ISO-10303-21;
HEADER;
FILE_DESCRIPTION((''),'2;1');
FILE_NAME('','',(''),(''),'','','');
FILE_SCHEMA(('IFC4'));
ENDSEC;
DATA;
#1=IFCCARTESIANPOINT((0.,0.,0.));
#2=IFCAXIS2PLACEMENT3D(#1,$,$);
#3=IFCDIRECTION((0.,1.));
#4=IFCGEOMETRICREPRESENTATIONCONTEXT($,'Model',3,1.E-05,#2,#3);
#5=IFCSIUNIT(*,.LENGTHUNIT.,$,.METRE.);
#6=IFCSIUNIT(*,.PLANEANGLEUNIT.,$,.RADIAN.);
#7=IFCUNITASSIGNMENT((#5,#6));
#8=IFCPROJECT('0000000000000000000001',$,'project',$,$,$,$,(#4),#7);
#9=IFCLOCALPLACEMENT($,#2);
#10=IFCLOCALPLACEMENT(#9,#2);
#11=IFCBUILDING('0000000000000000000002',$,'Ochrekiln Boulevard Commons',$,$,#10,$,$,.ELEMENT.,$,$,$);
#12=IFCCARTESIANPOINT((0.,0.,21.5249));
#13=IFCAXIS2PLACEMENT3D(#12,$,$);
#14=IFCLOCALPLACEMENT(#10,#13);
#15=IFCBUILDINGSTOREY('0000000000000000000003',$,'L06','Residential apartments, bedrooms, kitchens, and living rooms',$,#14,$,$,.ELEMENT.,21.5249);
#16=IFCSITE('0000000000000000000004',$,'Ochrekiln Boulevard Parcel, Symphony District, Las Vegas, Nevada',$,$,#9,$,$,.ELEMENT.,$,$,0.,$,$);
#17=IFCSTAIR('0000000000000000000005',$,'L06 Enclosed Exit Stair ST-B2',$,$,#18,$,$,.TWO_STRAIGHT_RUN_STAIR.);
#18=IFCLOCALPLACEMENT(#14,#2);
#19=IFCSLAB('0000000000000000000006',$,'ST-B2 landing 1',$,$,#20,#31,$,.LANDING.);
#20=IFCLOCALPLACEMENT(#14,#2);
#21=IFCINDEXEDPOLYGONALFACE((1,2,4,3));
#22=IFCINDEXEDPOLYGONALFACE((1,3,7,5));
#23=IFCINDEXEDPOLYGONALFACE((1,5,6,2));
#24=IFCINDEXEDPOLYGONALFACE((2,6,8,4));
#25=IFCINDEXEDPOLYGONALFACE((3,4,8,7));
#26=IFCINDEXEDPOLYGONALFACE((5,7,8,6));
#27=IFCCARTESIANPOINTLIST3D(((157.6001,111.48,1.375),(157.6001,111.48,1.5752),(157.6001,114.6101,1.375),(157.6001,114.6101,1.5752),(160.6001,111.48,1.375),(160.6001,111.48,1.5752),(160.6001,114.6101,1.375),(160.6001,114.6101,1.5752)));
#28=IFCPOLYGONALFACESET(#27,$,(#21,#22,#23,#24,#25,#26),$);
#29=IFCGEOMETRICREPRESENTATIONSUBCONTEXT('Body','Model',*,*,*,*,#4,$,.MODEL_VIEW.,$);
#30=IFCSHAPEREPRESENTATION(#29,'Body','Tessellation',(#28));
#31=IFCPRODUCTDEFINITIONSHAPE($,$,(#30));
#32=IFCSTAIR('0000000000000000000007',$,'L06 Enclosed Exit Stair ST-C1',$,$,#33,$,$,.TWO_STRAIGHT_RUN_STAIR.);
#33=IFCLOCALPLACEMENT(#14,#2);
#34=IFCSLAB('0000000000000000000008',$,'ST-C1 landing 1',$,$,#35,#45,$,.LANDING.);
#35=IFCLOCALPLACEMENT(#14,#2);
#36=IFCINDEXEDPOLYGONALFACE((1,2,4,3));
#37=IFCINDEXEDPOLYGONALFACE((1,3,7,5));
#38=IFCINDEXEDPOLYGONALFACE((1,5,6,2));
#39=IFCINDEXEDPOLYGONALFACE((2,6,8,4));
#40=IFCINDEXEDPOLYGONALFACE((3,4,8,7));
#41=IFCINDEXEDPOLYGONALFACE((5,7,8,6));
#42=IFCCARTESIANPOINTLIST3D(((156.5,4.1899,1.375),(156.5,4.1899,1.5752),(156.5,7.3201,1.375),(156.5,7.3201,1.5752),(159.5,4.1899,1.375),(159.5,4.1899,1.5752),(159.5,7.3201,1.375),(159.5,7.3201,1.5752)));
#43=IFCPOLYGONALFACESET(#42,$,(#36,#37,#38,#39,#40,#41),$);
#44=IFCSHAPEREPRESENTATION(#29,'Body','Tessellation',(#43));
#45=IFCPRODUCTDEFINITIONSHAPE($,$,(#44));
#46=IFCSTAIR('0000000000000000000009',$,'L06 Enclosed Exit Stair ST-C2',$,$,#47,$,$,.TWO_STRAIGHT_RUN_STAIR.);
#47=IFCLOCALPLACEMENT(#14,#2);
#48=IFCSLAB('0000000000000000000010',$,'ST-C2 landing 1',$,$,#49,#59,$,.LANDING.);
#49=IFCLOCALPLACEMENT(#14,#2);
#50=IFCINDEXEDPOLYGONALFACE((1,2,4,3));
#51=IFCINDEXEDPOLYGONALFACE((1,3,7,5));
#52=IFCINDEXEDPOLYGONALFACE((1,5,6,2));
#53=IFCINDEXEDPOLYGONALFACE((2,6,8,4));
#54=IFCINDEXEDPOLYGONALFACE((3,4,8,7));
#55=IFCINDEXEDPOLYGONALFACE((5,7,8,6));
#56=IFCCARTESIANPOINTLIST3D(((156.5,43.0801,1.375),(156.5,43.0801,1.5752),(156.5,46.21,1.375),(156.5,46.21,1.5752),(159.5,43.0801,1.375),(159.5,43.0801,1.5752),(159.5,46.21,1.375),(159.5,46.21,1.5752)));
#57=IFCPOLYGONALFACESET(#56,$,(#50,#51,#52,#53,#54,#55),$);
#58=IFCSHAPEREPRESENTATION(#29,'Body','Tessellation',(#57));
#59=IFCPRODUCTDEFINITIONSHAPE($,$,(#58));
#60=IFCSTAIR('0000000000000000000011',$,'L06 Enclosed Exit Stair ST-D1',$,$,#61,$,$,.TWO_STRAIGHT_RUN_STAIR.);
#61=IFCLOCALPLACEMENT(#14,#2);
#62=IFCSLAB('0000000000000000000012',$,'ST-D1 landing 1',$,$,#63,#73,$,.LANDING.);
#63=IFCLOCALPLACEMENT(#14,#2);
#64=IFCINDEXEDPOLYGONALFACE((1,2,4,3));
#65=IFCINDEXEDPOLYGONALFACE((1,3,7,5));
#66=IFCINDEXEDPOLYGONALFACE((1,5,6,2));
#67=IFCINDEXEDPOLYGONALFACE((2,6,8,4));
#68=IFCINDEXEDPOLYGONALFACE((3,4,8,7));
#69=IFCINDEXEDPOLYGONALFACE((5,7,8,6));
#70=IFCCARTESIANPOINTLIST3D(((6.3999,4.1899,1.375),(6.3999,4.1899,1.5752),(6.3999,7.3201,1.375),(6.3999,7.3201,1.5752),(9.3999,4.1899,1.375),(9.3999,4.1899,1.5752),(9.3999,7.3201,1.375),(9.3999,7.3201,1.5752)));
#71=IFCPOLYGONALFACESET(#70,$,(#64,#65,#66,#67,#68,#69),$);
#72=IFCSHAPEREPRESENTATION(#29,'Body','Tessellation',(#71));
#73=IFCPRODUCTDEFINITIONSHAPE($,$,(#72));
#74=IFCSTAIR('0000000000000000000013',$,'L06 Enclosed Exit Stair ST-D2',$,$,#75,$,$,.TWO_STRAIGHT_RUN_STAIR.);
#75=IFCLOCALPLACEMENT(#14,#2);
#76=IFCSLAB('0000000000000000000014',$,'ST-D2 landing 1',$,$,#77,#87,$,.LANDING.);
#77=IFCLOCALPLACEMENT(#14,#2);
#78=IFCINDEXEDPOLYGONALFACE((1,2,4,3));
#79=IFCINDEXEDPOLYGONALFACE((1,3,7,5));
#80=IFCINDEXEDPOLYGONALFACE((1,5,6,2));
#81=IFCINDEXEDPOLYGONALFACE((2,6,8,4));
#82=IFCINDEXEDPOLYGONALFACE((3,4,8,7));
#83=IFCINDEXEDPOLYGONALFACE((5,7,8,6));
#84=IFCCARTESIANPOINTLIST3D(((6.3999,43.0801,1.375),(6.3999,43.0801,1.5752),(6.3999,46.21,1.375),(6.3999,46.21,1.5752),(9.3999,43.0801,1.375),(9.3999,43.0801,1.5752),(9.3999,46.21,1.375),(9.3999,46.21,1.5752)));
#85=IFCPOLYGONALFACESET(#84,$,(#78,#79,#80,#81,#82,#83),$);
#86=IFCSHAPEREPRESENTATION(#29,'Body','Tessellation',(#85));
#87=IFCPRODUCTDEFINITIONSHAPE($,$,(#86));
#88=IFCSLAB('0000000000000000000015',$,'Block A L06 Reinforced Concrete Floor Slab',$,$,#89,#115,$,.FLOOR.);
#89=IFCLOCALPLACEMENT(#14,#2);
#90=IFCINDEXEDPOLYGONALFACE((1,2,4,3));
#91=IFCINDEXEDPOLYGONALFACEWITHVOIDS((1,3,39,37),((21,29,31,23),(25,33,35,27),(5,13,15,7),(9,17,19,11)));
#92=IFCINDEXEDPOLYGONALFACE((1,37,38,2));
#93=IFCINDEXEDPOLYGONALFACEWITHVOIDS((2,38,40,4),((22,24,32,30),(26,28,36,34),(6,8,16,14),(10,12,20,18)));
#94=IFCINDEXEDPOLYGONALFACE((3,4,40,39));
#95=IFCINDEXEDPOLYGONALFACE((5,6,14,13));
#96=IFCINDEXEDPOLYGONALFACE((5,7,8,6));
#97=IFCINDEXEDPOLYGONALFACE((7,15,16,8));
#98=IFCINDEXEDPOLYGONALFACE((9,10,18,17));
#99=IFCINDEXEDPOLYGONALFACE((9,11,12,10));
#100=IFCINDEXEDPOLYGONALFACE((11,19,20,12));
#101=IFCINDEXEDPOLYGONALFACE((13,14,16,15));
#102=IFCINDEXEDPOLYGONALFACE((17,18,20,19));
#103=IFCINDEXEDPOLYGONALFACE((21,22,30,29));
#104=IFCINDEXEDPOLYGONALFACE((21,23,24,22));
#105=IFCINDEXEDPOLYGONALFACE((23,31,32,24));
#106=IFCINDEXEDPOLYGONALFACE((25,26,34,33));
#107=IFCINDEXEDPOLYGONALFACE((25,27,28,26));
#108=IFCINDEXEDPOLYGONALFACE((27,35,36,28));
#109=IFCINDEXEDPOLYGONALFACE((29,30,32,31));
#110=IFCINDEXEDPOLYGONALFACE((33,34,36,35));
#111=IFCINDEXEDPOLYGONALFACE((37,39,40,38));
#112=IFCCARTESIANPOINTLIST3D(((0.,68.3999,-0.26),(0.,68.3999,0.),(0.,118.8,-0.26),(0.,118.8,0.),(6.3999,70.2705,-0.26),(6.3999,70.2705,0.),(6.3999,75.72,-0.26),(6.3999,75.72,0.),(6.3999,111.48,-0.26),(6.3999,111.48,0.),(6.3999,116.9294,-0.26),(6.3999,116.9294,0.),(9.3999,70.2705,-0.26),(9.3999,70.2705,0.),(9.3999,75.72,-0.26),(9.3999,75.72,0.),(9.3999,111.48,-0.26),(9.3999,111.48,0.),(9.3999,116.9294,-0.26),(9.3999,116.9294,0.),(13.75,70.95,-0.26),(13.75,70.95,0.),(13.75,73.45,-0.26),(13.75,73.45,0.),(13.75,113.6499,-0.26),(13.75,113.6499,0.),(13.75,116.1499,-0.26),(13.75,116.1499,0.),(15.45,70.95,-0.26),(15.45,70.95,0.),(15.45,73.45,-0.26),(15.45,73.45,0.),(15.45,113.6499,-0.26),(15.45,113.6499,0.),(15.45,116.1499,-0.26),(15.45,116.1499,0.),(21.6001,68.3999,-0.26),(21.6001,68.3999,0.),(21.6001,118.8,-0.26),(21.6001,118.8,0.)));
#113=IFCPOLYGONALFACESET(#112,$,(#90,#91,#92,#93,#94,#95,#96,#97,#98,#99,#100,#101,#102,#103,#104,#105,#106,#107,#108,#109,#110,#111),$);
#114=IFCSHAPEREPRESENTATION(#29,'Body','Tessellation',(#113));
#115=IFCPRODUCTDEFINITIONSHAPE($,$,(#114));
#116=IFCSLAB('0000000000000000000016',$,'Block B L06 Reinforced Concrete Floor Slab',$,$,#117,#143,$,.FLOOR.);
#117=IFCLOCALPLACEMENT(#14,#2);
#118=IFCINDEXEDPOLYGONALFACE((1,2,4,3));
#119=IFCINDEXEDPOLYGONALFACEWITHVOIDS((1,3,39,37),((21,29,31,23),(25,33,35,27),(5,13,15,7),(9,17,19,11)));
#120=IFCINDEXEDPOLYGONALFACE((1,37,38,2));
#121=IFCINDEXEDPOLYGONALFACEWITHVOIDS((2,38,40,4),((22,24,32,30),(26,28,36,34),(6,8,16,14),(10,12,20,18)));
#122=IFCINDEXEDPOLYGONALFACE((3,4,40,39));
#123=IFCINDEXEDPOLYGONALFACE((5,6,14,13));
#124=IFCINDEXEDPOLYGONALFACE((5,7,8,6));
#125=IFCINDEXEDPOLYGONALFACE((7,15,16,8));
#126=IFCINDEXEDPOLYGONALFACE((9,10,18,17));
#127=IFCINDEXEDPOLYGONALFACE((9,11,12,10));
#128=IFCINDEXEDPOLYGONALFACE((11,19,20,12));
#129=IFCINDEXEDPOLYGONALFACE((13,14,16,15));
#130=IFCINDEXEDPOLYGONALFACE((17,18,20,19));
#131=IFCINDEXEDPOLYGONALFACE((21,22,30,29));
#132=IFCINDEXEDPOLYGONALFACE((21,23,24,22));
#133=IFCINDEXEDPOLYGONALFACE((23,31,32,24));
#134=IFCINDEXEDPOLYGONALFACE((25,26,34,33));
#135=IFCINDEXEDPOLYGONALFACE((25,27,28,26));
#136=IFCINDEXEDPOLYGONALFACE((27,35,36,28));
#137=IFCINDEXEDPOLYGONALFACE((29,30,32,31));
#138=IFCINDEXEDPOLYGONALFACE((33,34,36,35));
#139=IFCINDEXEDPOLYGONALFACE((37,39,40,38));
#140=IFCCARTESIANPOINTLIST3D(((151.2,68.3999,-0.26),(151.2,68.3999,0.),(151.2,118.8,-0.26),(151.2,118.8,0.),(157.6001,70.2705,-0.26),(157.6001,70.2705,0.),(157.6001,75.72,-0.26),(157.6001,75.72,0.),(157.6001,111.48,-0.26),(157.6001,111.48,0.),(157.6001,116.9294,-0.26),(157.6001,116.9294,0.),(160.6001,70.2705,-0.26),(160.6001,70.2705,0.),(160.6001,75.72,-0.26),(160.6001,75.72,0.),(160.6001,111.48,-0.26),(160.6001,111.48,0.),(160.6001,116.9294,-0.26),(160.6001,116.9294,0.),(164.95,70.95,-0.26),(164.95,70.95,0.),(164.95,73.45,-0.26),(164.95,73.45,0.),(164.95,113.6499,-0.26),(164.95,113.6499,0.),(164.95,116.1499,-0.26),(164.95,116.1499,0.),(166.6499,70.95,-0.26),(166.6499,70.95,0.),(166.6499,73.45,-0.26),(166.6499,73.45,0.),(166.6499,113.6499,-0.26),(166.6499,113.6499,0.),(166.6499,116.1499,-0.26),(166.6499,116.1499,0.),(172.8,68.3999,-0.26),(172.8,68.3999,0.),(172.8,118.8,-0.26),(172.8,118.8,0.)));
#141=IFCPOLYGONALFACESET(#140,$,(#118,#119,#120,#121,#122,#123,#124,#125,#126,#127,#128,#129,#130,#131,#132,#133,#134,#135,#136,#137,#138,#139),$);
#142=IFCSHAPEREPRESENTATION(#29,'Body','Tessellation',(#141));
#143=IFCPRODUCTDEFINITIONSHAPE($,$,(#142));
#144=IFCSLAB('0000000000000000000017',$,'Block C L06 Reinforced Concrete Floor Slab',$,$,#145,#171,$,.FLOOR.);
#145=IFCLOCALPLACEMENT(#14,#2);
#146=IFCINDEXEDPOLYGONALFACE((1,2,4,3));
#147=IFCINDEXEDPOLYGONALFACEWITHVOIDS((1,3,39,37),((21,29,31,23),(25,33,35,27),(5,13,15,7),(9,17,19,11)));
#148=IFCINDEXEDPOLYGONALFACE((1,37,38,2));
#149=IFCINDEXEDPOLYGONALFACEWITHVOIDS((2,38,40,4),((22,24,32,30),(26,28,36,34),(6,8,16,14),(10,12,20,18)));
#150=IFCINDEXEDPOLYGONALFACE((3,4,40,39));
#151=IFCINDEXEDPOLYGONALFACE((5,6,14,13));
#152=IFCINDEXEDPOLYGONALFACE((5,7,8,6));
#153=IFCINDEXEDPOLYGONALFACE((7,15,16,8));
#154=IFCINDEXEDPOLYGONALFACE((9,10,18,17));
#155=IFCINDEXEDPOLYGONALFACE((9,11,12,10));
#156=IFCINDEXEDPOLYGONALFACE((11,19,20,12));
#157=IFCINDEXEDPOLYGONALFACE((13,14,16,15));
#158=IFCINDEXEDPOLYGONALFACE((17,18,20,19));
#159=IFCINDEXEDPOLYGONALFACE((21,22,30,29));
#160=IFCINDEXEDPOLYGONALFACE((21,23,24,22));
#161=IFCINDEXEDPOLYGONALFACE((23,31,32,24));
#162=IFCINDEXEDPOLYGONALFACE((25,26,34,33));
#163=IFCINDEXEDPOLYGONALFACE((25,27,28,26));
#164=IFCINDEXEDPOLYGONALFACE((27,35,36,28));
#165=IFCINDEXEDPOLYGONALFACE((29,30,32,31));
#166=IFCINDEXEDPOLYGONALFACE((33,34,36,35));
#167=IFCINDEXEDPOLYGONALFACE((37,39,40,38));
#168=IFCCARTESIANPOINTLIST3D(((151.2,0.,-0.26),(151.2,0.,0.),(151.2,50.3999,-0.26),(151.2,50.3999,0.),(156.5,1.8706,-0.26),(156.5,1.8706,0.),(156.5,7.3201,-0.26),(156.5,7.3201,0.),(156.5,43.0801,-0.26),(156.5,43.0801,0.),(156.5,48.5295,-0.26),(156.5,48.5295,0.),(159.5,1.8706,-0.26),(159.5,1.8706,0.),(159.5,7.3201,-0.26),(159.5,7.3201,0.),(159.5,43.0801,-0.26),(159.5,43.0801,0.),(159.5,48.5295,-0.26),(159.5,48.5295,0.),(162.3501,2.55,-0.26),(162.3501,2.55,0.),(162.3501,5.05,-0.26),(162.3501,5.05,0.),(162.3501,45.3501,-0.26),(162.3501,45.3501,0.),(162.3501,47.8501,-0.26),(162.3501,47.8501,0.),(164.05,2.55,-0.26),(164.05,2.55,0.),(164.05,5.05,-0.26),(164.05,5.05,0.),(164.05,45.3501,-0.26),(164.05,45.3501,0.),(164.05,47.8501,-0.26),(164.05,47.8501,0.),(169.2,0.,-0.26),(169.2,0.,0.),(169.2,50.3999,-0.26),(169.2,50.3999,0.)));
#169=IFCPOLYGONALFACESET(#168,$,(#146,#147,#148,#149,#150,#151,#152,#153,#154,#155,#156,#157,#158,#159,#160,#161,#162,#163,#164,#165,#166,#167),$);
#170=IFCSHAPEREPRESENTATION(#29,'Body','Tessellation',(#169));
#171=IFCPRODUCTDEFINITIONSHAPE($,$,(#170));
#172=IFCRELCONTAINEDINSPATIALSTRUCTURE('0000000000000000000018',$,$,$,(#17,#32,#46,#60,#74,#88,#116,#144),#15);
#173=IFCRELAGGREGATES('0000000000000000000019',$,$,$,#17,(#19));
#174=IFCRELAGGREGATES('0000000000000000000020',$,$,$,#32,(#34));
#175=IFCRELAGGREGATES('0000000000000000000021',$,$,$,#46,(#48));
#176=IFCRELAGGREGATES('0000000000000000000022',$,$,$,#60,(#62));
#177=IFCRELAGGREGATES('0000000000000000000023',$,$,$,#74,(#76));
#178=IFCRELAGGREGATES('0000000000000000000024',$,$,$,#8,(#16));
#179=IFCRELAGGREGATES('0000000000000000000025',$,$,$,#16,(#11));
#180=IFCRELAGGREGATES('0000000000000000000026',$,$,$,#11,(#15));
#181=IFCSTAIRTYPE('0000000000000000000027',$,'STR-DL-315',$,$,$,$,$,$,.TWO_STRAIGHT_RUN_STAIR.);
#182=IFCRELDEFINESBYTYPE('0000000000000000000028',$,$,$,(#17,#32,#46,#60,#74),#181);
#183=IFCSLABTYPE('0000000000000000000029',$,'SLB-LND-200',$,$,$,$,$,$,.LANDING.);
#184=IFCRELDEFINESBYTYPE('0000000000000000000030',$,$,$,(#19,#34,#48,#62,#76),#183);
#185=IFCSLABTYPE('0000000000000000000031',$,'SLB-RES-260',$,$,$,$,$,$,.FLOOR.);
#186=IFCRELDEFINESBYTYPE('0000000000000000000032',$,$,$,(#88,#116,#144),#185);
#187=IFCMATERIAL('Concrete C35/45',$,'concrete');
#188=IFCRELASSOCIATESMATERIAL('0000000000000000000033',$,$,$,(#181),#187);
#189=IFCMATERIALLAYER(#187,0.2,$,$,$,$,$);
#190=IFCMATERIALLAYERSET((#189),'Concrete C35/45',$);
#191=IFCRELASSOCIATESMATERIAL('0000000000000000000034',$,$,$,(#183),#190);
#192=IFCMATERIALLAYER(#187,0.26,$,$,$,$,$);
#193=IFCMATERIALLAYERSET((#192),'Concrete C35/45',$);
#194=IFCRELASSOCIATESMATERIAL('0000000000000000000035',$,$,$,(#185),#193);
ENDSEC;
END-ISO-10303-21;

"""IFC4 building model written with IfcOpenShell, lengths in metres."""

from ifc_helpers import new_model, si_unit, direction, frame, origin, place, context, subcontext, project, spatial, polyline, outline, extrude, material, layer, layer_set, type_object, element, aggregate, save


model = new_model("IFC4")

# Units and contexts
model_context = context("Model", 3, precision=1e-05, world=origin(), true_north=direction((0.0, 1.0)))
body_context = subcontext(model_context, "Body", "Model", "MODEL_VIEW")
ifc_project = project(units=[si_unit("LENGTHUNIT", "METRE"), si_unit("PLANEANGLEUNIT", "RADIAN")], contexts=[model_context])

# Site, building, storey
site_placement = place(None, origin())
site = spatial("IfcSite", under=ifc_project, at=site_placement, Name="Ochrekiln Boulevard Parcel, Symphony District, Las Vegas, Nevada", CompositionType="ELEMENT", RefElevation=0.0)
building_placement = place(site_placement, origin())
building = spatial("IfcBuilding", under=site, at=building_placement, Name="Ochrekiln Boulevard Commons", CompositionType="ELEMENT")
storey_placement = place(building_placement, frame((0.0, 0.0, 21.5249)))
storey = spatial("IfcBuildingStorey", under=building, at=storey_placement, Name="L06", Description="Residential apartments, bedrooms, kitchens, and living rooms", CompositionType="ELEMENT", Elevation=21.5249)

# Shared definitions
ifc_material_1 = material(Name="Concrete C35/45", Category="concrete")

# Stairs, slabs
stair_type = type_object("IfcStairType", Name="STR-DL-315", PredefinedType="TWO_STRAIGHT_RUN_STAIR", material=ifc_material_1)
ifc_layer_1 = layer(ifc_material_1, 0.2)
ifc_layer_set_1 = layer_set([ifc_layer_1], Name="Concrete C35/45")
slab_type_1 = type_object("IfcSlabType", Name="SLB-LND-200", PredefinedType="LANDING", material=ifc_layer_set_1)
stair_1_placement = place(storey_placement, origin())
stair_1 = element("IfcStair", 1, at=stair_1_placement, inside=storey, type_object=stair_type, Name="L06 Enclosed Exit Stair ST-B2", PredefinedType="TWO_STRAIGHT_RUN_STAIR")
slab_1_placement = place(storey_placement, frame((0.0, 0.0, 1.375)))
slab_1 = element("IfcSlab", 2, at=slab_1_placement, type_object=slab_type_1, Name="ST-B2 landing 1", PredefinedType="LANDING", context=body_context, shape_type="SweptSolid", body=[
    extrude(outline(polyline([(157.6001, 114.6101), (157.6001, 111.48), (160.6001, 111.48), (160.6001, 114.6101), (157.6001, 114.6101)])), origin(), (0.0, 0.0, 1.0), 0.2002),
])
aggregate(stair_1, [slab_1])
stair_2_placement = place(storey_placement, origin())
stair_2 = element("IfcStair", 3, at=stair_2_placement, inside=storey, type_object=stair_type, Name="L06 Enclosed Exit Stair ST-C1", PredefinedType="TWO_STRAIGHT_RUN_STAIR")
slab_2_placement = place(storey_placement, frame((0.0, 0.0, 1.375)))
slab_2 = element("IfcSlab", 4, at=slab_2_placement, type_object=slab_type_1, Name="ST-C1 landing 1", PredefinedType="LANDING", context=body_context, shape_type="SweptSolid", body=[
    extrude(outline(polyline([(159.5, 4.1899), (159.5, 7.3201), (156.5, 7.3201), (156.5, 4.1899), (159.5, 4.1899)])), origin(), (0.0, 0.0, 1.0), 0.2002),
])
aggregate(stair_2, [slab_2])
stair_3_placement = place(storey_placement, origin())
stair_3 = element("IfcStair", 5, at=stair_3_placement, inside=storey, type_object=stair_type, Name="L06 Enclosed Exit Stair ST-C2", PredefinedType="TWO_STRAIGHT_RUN_STAIR")
slab_3_placement = place(storey_placement, frame((0.0, 0.0, 1.375)))
slab_3 = element("IfcSlab", 6, at=slab_3_placement, type_object=slab_type_1, Name="ST-C2 landing 1", PredefinedType="LANDING", context=body_context, shape_type="SweptSolid", body=[
    extrude(outline(polyline([(156.5, 46.21), (156.5, 43.0801), (159.5, 43.0801), (159.5, 46.21), (156.5, 46.21)])), origin(), (0.0, 0.0, 1.0), 0.2002),
])
aggregate(stair_3, [slab_3])
stair_4_placement = place(storey_placement, origin())
stair_4 = element("IfcStair", 7, at=stair_4_placement, inside=storey, type_object=stair_type, Name="L06 Enclosed Exit Stair ST-D1", PredefinedType="TWO_STRAIGHT_RUN_STAIR")
slab_4_placement = place(storey_placement, frame((0.0, 0.0, 1.375)))
slab_4 = element("IfcSlab", 8, at=slab_4_placement, type_object=slab_type_1, Name="ST-D1 landing 1", PredefinedType="LANDING", context=body_context, shape_type="SweptSolid", body=[
    extrude(outline(polyline([(9.3999, 4.1899), (9.3999, 7.3201), (6.3999, 7.3201), (6.3999, 4.1899), (9.3999, 4.1899)])), origin(), (0.0, 0.0, 1.0), 0.2002),
])
aggregate(stair_4, [slab_4])
stair_5_placement = place(storey_placement, origin())
stair_5 = element("IfcStair", 9, at=stair_5_placement, inside=storey, type_object=stair_type, Name="L06 Enclosed Exit Stair ST-D2", PredefinedType="TWO_STRAIGHT_RUN_STAIR")
slab_5_placement = place(storey_placement, frame((0.0, 0.0, 1.375)))
slab_5 = element("IfcSlab", 10, at=slab_5_placement, type_object=slab_type_1, Name="ST-D2 landing 1", PredefinedType="LANDING", context=body_context, shape_type="SweptSolid", body=[
    extrude(outline(polyline([(6.3999, 46.21), (6.3999, 43.0801), (9.3999, 43.0801), (9.3999, 46.21), (6.3999, 46.21)])), origin(), (0.0, 0.0, 1.0), 0.2002),
])
aggregate(stair_5, [slab_5])

# Slabs
ifc_layer_2 = layer(ifc_material_1, 0.26)
ifc_layer_set_2 = layer_set([ifc_layer_2], Name="Concrete C35/45")
slab_type_2 = type_object("IfcSlabType", Name="SLB-RES-260", PredefinedType="FLOOR", material=ifc_layer_set_2)
slab_6_placement = place(storey_placement, frame((0.0, 0.0, -0.26)))
element("IfcSlab", 11, at=slab_6_placement, inside=storey, type_object=slab_type_2, Name="Block A L06 Reinforced Concrete Floor Slab", PredefinedType="FLOOR", context=body_context, shape_type="SweptSolid", body=[
    extrude(outline(polyline([(0.0, 68.3999), (21.6001, 68.3999), (21.6001, 118.8), (0.0, 118.8), (0.0, 68.3999)]), holes=[polyline([(9.3999, 70.2705), (9.3999, 75.72), (6.3999, 75.72), (6.3999, 70.2705), (9.3999, 70.2705)]), polyline([(6.3999, 116.9294), (6.3999, 111.48), (9.3999, 111.48), (9.3999, 116.9294), (6.3999, 116.9294)]), polyline([(13.75, 70.95), (15.45, 70.95), (15.45, 73.45), (13.75, 73.45), (13.75, 70.95)]), polyline([(13.75, 113.6499), (15.45, 113.6499), (15.45, 116.1499), (13.75, 116.1499), (13.75, 113.6499)])]), origin(), (0.0, 0.0, 1.0), 0.26),
])
slab_7_placement = place(storey_placement, frame((0.0, 0.0, -0.26)))
element("IfcSlab", 12, at=slab_7_placement, inside=storey, type_object=slab_type_2, Name="Block B L06 Reinforced Concrete Floor Slab", PredefinedType="FLOOR", context=body_context, shape_type="SweptSolid", body=[
    extrude(outline(polyline([(151.2, 68.3999), (172.8, 68.3999), (172.8, 118.8), (151.2, 118.8), (151.2, 68.3999)]), holes=[polyline([(160.6001, 70.2705), (160.6001, 75.72), (157.6001, 75.72), (157.6001, 70.2705), (160.6001, 70.2705)]), polyline([(157.6001, 116.9294), (157.6001, 111.48), (160.6001, 111.48), (160.6001, 116.9294), (157.6001, 116.9294)]), polyline([(164.95, 70.95), (166.6499, 70.95), (166.6499, 73.45), (164.95, 73.45), (164.95, 70.95)]), polyline([(164.95, 113.6499), (166.6499, 113.6499), (166.6499, 116.1499), (164.95, 116.1499), (164.95, 113.6499)])]), origin(), (0.0, 0.0, 1.0), 0.26),
])
slab_8_placement = place(storey_placement, frame((0.0, 0.0, -0.26)))
element("IfcSlab", 13, at=slab_8_placement, inside=storey, type_object=slab_type_2, Name="Block C L06 Reinforced Concrete Floor Slab", PredefinedType="FLOOR", context=body_context, shape_type="SweptSolid", body=[
    extrude(outline(polyline([(151.2, 0.0), (169.2, 0.0), (169.2, 50.3999), (151.2, 50.3999), (151.2, 0.0)]), holes=[polyline([(159.5, 1.8706), (159.5, 7.3201), (156.5, 7.3201), (156.5, 1.8706), (159.5, 1.8706)]), polyline([(156.5, 48.5295), (156.5, 43.0801), (159.5, 43.0801), (159.5, 48.5295), (156.5, 48.5295)]), polyline([(162.3501, 2.55), (164.05, 2.55), (164.05, 5.05), (162.3501, 5.05), (162.3501, 2.55)]), polyline([(162.3501, 45.3501), (164.05, 45.3501), (164.05, 47.8501), (162.3501, 47.8501), (162.3501, 45.3501)])]), origin(), (0.0, 0.0, 1.0), 0.26),
])

save(model, "model.ifc")
